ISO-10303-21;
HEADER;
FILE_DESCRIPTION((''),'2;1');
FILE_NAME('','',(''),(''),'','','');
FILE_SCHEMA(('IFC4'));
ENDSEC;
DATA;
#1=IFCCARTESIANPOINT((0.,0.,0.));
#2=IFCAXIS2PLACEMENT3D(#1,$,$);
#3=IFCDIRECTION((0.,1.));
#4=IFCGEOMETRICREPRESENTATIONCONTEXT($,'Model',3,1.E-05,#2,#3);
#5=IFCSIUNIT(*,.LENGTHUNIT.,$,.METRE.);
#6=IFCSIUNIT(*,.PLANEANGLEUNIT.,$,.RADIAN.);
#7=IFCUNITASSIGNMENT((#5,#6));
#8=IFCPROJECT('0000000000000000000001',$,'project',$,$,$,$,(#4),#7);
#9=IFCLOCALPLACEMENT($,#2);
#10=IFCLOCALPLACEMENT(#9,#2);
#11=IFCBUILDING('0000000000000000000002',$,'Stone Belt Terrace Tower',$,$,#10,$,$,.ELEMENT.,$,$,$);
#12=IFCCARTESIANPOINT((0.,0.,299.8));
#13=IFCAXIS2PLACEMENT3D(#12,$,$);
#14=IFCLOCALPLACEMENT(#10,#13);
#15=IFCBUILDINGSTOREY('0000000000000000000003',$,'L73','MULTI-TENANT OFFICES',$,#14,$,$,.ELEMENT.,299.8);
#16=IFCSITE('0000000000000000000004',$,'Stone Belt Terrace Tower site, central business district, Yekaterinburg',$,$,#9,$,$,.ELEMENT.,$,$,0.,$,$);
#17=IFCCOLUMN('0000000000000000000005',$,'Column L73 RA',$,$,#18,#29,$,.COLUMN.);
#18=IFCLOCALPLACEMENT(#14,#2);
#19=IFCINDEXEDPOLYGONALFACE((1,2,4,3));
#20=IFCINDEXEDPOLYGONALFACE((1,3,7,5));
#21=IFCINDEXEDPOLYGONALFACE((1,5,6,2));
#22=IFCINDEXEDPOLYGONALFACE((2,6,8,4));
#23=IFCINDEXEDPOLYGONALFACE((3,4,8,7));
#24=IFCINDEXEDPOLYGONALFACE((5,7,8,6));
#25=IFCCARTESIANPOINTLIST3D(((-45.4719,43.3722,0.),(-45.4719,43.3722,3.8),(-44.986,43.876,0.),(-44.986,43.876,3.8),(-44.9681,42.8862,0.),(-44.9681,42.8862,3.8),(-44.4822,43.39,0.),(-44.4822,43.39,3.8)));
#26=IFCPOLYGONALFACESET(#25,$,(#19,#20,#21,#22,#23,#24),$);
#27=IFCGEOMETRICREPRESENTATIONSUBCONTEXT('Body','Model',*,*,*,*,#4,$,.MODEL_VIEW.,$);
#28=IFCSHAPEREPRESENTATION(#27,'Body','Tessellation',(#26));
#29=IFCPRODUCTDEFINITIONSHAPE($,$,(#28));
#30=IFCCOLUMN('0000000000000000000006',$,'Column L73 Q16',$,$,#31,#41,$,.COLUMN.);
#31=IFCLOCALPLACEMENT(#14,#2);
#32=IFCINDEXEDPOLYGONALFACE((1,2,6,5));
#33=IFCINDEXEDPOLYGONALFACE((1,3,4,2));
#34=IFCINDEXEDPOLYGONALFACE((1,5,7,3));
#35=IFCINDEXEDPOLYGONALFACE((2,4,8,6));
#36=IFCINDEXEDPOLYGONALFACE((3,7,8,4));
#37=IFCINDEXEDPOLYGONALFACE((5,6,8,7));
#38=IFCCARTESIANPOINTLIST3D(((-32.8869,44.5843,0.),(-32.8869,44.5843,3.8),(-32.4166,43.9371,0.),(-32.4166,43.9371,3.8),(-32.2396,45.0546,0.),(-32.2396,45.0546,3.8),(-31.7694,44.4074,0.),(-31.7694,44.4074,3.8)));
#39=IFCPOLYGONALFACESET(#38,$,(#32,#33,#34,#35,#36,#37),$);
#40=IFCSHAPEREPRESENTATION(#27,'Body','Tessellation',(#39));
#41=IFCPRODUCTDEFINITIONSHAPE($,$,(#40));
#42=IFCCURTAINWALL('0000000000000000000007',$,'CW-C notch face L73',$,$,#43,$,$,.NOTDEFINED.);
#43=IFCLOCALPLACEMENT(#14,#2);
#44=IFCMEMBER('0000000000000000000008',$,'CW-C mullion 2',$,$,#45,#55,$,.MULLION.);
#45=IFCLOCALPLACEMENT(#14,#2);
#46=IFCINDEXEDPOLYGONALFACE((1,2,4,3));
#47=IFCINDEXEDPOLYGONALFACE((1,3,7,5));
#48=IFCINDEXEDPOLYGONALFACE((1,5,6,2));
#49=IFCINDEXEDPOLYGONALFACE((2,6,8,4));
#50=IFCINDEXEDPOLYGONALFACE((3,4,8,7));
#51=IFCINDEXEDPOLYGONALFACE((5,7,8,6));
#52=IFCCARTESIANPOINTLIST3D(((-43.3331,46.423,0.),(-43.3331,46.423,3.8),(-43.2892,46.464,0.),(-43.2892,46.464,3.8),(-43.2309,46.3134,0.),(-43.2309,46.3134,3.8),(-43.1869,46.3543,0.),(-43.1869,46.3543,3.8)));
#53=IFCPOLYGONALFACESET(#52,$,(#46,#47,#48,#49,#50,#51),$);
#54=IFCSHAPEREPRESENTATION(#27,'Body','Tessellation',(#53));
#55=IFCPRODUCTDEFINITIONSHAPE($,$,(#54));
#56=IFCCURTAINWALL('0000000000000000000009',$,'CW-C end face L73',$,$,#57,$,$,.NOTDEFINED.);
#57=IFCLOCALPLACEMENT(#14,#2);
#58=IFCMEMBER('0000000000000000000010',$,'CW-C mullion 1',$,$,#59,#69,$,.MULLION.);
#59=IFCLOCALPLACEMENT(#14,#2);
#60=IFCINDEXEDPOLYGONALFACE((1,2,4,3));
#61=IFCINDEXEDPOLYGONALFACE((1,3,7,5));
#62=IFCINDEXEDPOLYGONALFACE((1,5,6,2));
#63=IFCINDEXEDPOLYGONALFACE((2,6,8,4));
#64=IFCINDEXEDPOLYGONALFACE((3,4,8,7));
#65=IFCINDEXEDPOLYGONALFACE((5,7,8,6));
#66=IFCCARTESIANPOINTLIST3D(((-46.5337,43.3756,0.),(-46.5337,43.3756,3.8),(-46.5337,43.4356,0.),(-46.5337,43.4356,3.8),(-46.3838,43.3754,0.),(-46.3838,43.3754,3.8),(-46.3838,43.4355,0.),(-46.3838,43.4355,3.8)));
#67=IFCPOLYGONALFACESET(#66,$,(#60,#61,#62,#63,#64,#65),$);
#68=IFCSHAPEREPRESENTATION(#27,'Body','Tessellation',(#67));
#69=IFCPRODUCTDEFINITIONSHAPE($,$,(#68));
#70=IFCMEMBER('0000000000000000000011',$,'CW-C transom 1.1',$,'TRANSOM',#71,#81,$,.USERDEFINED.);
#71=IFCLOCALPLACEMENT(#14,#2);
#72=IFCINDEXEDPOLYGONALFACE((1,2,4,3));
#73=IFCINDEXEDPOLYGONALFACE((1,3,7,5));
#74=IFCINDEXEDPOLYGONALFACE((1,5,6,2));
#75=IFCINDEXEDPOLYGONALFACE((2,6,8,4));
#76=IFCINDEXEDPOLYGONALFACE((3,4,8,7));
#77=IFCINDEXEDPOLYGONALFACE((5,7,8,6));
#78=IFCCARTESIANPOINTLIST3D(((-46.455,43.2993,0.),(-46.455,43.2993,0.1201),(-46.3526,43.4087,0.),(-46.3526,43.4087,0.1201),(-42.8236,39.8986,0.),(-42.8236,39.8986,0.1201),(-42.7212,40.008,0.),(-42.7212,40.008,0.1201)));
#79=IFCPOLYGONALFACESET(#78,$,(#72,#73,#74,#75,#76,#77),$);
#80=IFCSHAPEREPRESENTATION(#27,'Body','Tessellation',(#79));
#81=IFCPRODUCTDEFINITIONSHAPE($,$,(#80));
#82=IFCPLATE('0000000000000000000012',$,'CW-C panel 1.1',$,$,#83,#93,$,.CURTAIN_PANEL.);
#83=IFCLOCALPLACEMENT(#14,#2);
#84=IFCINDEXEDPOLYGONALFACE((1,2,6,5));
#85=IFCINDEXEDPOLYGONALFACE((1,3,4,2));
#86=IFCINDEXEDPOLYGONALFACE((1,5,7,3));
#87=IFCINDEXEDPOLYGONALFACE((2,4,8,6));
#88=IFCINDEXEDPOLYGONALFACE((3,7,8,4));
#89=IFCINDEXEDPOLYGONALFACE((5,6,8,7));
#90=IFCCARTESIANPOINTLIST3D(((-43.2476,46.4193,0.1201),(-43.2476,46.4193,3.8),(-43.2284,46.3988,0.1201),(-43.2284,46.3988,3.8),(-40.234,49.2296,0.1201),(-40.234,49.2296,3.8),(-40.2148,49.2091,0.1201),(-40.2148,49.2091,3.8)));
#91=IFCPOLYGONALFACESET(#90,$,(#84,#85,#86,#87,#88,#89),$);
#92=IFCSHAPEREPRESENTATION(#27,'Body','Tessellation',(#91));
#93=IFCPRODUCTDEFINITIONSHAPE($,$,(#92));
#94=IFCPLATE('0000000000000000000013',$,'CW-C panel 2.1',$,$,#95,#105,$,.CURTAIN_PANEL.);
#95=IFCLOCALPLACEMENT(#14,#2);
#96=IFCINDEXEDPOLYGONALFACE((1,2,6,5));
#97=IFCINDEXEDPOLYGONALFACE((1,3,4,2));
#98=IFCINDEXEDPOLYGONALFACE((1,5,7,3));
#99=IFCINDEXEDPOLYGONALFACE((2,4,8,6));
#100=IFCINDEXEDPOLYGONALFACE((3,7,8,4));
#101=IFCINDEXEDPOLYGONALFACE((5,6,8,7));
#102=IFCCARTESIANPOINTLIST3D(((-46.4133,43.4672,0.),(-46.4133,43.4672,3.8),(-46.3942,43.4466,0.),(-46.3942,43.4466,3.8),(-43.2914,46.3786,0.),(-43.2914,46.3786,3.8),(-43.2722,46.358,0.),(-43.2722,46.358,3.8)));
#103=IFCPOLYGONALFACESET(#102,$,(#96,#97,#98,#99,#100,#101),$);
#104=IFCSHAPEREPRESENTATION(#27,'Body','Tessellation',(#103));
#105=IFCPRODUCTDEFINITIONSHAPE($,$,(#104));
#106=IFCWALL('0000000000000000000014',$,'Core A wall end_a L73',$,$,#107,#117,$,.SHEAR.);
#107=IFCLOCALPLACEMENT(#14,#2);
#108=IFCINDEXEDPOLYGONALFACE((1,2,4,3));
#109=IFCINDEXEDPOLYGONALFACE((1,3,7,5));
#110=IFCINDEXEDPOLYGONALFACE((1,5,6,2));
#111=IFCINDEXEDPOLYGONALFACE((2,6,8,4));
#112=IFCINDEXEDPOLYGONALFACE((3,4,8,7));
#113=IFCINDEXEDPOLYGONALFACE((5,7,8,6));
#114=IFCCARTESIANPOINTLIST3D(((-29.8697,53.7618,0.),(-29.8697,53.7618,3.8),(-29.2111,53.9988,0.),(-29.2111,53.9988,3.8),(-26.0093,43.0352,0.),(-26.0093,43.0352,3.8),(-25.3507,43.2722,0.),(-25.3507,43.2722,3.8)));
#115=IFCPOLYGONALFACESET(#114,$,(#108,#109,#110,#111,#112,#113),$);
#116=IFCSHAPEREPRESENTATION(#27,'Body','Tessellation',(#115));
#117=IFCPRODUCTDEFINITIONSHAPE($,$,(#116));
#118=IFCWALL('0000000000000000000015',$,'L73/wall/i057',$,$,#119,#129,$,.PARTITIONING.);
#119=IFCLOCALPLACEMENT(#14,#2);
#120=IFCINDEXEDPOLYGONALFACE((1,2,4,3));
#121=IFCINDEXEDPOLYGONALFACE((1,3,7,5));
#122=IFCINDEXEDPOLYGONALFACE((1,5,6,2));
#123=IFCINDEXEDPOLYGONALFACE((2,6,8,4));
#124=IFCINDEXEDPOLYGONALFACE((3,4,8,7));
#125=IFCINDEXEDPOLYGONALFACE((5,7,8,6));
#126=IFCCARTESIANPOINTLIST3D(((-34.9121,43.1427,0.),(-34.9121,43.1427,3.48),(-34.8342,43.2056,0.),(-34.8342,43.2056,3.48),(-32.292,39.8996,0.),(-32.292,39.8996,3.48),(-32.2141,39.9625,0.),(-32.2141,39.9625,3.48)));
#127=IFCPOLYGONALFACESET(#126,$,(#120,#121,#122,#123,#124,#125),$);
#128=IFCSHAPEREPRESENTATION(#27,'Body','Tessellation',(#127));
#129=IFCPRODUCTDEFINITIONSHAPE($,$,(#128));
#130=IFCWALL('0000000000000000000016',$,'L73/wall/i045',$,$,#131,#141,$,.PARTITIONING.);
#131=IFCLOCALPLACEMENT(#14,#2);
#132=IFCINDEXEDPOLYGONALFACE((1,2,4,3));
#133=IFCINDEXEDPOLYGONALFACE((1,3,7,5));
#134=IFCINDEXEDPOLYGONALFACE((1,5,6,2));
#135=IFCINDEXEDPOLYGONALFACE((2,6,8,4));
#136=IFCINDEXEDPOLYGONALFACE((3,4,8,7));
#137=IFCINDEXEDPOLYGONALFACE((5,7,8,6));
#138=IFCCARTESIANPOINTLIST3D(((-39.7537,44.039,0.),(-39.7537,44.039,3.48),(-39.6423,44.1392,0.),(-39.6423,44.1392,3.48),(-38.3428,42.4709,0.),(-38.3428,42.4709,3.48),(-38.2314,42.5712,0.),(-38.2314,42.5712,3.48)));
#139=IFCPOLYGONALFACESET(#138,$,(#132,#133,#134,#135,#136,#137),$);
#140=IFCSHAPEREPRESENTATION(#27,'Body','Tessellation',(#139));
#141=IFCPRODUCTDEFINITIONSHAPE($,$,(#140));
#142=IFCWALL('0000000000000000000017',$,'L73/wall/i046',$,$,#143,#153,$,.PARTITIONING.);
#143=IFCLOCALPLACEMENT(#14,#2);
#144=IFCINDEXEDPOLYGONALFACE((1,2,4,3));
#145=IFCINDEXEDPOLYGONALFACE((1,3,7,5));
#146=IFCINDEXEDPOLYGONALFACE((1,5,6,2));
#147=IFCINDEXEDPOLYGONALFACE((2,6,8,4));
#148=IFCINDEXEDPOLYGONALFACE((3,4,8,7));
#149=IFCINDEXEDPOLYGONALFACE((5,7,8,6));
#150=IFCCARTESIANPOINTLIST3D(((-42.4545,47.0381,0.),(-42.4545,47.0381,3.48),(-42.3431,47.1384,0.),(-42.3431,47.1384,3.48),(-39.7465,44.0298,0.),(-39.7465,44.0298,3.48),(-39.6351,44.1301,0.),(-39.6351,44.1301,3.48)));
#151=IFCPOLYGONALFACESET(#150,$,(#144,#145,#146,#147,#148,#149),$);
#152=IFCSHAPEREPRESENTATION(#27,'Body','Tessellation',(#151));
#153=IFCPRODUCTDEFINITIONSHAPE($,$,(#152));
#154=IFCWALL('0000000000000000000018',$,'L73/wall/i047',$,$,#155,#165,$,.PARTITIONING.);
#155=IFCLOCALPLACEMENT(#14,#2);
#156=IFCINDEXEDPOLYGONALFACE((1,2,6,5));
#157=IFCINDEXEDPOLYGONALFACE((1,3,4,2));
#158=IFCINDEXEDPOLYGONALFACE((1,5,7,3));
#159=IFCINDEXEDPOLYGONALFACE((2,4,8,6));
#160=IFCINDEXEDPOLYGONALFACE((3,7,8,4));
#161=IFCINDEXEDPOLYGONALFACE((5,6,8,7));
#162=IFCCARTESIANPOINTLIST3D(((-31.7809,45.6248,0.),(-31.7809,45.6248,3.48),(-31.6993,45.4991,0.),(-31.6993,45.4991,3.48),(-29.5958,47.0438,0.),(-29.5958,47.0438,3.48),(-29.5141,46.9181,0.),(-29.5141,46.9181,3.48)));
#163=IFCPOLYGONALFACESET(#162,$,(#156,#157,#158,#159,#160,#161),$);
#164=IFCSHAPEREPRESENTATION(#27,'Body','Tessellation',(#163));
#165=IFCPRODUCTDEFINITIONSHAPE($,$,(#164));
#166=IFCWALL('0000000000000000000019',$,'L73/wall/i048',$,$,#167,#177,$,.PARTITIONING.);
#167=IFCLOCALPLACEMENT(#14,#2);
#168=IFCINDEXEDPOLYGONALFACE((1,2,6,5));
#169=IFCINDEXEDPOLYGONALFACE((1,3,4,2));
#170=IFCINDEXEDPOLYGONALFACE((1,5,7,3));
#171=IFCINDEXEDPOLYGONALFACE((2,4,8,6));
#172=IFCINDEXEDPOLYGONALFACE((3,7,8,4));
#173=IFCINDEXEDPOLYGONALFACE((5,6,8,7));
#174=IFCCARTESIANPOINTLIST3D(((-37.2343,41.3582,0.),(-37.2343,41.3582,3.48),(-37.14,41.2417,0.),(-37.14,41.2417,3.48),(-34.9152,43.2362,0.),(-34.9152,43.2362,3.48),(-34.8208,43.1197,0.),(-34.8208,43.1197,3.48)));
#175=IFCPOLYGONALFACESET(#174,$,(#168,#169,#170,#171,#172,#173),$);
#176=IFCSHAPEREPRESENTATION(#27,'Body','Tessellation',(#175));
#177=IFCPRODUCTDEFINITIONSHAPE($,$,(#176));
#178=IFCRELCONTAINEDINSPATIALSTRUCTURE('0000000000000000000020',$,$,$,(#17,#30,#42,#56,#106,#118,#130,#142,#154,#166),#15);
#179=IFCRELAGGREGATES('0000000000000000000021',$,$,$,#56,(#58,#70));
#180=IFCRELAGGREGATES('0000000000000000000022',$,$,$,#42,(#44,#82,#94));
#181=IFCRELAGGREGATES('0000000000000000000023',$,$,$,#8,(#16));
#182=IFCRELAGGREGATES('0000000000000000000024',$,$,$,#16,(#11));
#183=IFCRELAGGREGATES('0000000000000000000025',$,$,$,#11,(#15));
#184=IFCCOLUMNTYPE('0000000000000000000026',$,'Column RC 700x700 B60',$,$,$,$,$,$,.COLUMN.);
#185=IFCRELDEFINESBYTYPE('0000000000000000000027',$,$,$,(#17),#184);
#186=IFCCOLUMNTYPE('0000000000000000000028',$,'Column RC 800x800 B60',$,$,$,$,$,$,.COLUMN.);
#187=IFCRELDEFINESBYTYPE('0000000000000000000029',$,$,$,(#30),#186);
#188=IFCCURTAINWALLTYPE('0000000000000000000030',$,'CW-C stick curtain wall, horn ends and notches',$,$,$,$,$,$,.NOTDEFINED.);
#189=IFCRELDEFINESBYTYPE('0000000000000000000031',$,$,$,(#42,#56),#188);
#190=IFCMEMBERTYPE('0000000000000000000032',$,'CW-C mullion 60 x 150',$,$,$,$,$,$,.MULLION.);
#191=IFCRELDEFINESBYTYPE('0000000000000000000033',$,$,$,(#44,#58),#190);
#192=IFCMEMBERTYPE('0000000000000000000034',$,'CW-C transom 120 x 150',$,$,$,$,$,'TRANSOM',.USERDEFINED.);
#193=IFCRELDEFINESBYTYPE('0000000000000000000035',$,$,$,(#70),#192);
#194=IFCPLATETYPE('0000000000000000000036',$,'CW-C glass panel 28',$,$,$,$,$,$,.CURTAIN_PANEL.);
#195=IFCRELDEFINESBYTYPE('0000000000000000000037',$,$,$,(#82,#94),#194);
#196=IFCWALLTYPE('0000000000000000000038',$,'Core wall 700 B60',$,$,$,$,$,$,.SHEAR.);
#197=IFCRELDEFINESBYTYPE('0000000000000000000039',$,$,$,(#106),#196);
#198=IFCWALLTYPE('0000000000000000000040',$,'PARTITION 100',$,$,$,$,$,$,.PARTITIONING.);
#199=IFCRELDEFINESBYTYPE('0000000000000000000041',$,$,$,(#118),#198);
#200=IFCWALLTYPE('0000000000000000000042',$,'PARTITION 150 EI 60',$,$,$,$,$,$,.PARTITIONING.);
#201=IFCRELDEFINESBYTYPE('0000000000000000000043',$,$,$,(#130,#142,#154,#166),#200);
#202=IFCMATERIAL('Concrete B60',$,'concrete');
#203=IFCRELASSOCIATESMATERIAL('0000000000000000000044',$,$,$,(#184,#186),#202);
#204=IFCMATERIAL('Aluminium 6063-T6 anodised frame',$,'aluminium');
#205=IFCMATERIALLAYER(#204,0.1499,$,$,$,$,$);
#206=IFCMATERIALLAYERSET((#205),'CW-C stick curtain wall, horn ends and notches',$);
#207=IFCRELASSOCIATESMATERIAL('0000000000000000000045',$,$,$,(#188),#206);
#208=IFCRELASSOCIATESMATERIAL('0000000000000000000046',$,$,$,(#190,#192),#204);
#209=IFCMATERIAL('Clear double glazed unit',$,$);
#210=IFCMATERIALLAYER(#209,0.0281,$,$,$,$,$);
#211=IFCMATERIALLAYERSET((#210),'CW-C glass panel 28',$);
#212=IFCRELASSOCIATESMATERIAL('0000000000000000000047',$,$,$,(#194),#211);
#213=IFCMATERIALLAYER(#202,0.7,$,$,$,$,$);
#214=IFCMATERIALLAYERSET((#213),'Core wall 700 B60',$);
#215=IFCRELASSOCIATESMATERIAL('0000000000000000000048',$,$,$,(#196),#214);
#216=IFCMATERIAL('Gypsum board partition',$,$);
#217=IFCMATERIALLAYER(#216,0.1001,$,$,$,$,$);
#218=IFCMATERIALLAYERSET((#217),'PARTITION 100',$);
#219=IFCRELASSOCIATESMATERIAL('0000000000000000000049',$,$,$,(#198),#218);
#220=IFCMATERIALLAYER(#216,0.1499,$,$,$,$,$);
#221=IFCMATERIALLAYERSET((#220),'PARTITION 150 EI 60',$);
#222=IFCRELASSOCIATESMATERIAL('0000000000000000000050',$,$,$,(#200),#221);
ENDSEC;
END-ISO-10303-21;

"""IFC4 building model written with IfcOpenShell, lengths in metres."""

from ifc_helpers import new_model, si_unit, direction, frame, frame_2d, origin, origin_2d, place, context, subcontext, project, spatial, rectangle, extrude, material, layer, layer_set, material_profile, profile_set, type_object, element, aggregate, save


model = new_model("IFC4")

# Units and contexts
model_context = context("Model", 3, precision=1e-05, world=origin(), true_north=direction((0.0, 1.0)))
body_context = subcontext(model_context, "Body", "Model", "MODEL_VIEW")
ifc_project = project(units=[si_unit("LENGTHUNIT", "METRE"), si_unit("PLANEANGLEUNIT", "RADIAN")], contexts=[model_context])

# Site, building, storey
site_placement = place(None, origin())
site = spatial("IfcSite", under=ifc_project, at=site_placement, Name="Stone Belt Terrace Tower site, central business district, Yekaterinburg", CompositionType="ELEMENT", RefElevation=0.0)
building_placement = place(site_placement, origin())
building = spatial("IfcBuilding", under=site, at=building_placement, Name="Stone Belt Terrace Tower", CompositionType="ELEMENT")
storey_placement = place(building_placement, frame((0.0, 0.0, 299.8)))
storey = spatial("IfcBuildingStorey", under=building, at=storey_placement, Name="L73", Description="MULTI-TENANT OFFICES", CompositionType="ELEMENT", Elevation=299.8)

# Columns
ifc_material_1 = material(Name="Concrete B60", Category="concrete")
ifc_material_profile_1 = material_profile(ifc_material_1, rectangle(XDim=0.7, YDim=0.7, at=origin_2d()), Name="RC 700x700")
ifc_profile_set_1 = profile_set([ifc_material_profile_1], Name="Concrete B60")
column_type_1 = type_object("IfcColumnType", Name="Column RC 700x700 B60", PredefinedType="COLUMN", material=ifc_profile_set_1)
column_1_placement = place(storey_placement, frame((-44.9771, 43.3811, 0.0), z_axis=(0.0, 0.0, 1.0), x_axis=(0.694221, 0.719762, 0.0)))
element("IfcColumn", 1, at=column_1_placement, inside=storey, type_object=column_type_1, Name="Column L73 RA", PredefinedType="COLUMN", context=body_context, shape_type="SweptSolid", body=[
    extrude(rectangle(XDim=0.7, YDim=0.7, at=origin_2d()), origin(), (0.0, 0.0, 1.0), 3.8),
])
ifc_material_profile_2 = material_profile(ifc_material_1, rectangle(XDim=0.8, YDim=0.8, at=origin_2d()), Name="RC 800x800")
ifc_profile_set_2 = profile_set([ifc_material_profile_2], Name="Concrete B60")
column_type_2 = type_object("IfcColumnType", Name="Column RC 800x800 B60", PredefinedType="COLUMN", material=ifc_profile_set_2)
column_2_placement = place(storey_placement, frame((-32.3281, 44.4958, 0.0), z_axis=(0.0, 0.0, 1.0), x_axis=(0.809017, 0.587785, 0.0)))
element("IfcColumn", 2, at=column_2_placement, inside=storey, type_object=column_type_2, Name="Column L73 Q16", PredefinedType="COLUMN", context=body_context, shape_type="SweptSolid", body=[
    extrude(rectangle(XDim=0.8, YDim=0.8, at=origin_2d()), origin(), (0.0, 0.0, 1.0), 3.8),
])

# Curtain wall, member
ifc_material_2 = material(Name="Aluminium 6063-T6 anodised frame", Category="aluminium")
ifc_layer_1 = layer(ifc_material_2, 0.1499)
ifc_layer_set_1 = layer_set([ifc_layer_1], Name="CW-C stick curtain wall, horn ends and notches")
curtain_wall_type = type_object("IfcCurtainWallType", Name="CW-C stick curtain wall, horn ends and notches", PredefinedType="NOTDEFINED", material=ifc_layer_set_1)
curtain_wall_1_placement = place(storey_placement, origin())
curtain_wall_1 = element("IfcCurtainWall", 3, at=curtain_wall_1_placement, inside=storey, type_object=curtain_wall_type, Name="CW-C notch face L73", PredefinedType="NOTDEFINED")
ifc_material_profile_3 = material_profile(ifc_material_2, rectangle(XDim=0.1499, YDim=0.0601, at=origin_2d()), Name="Aluminium 6063-T6 60x150")
ifc_profile_set_3 = profile_set([ifc_material_profile_3], Name="Aluminium 6063-T6 anodised frame")
member_type_1 = type_object("IfcMemberType", Name="CW-C mullion 60 x 150", PredefinedType="MULLION", material=ifc_profile_set_3)
member_1_placement = place(storey_placement, frame((-43.26, 46.3887, 0.0), z_axis=(0.0, 0.0, 1.0), x_axis=(0.682014, -0.731339, 0.0)))
member_1 = element("IfcMember", 4, at=member_1_placement, type_object=member_type_1, Name="CW-C mullion 2", PredefinedType="MULLION", context=body_context, shape_type="SweptSolid", body=[
    extrude(rectangle(XDim=0.1499, YDim=0.0601, at=origin_2d()), origin(), (0.0, 0.0, 1.0), 3.8),
])

# Curtain wall, members
curtain_wall_2_placement = place(storey_placement, origin())
curtain_wall_2 = element("IfcCurtainWall", 5, at=curtain_wall_2_placement, inside=storey, type_object=curtain_wall_type, Name="CW-C end face L73", PredefinedType="NOTDEFINED")
member_2_placement = place(storey_placement, frame((-46.4587, 43.4055, 0.0), z_axis=(0.0, 0.0, 1.0), x_axis=(0.999999, -0.001051, 0.0)))
member_2 = element("IfcMember", 6, at=member_2_placement, type_object=member_type_1, Name="CW-C mullion 1", PredefinedType="MULLION", context=body_context, shape_type="SweptSolid", body=[
    extrude(rectangle(XDim=0.1499, YDim=0.0601, at=origin_2d()), origin(), (0.0, 0.0, 1.0), 3.8),
])
ifc_material_profile_4 = material_profile(ifc_material_2, rectangle(XDim=0.1499, YDim=0.1201, at=origin_2d()), Name="Aluminium 6063-T6 150x120")
ifc_profile_set_4 = profile_set([ifc_material_profile_4], Name="Aluminium 6063-T6 anodised frame")
member_type_2 = type_object("IfcMemberType", Name="CW-C transom 120 x 150", ElementType="TRANSOM", PredefinedType="USERDEFINED", material=ifc_profile_set_4)
member_3_placement = place(storey_placement, frame((-46.4038, 43.354, 0.0601), z_axis=(0.729914, -0.683539, 0.0), x_axis=(0.683539, 0.729914, 0.0)))
member_3 = element("IfcMember", 7, at=member_3_placement, type_object=member_type_2, Name="CW-C transom 1.1", ObjectType="TRANSOM", PredefinedType="USERDEFINED", context=body_context, shape_type="SweptSolid", body=[
    extrude(rectangle(XDim=0.1499, YDim=0.1201, at=origin_2d()), origin(), (0.0, 0.0, 1.0), 4.9751),
])
aggregate(curtain_wall_2, [member_2, member_3])

# Plates
ifc_material_3 = material(Name="Clear double glazed unit")
ifc_layer_2 = layer(ifc_material_3, 0.0281)
ifc_layer_set_2 = layer_set([ifc_layer_2], Name="CW-C glass panel 28")
plate_type = type_object("IfcPlateType", Name="CW-C glass panel 28", PredefinedType="CURTAIN_PANEL", material=ifc_layer_set_2)
plate_1_placement = place(storey_placement, frame((-41.7312, 47.8142, 0.1201), z_axis=(0.0, 0.0, 1.0), x_axis=(-0.731339, -0.682014, 0.0)))
plate_1 = element("IfcPlate", 8, at=plate_1_placement, type_object=plate_type, Name="CW-C panel 1.1", PredefinedType="CURTAIN_PANEL", context=body_context, shape_type="SweptSolid", body=[
    extrude(rectangle(XDim=4.1206, YDim=0.0281, at=origin_2d()), origin(), (0.0, 0.0, 1.0), 3.6799),
])
plate_2_placement = place(storey_placement, frame((-44.8428, 44.9126, 0.0), z_axis=(0.0, 0.0, 1.0), x_axis=(-0.731339, -0.682014, 0.0)))
plate_2 = element("IfcPlate", 9, at=plate_2_placement, type_object=plate_type, Name="CW-C panel 2.1", PredefinedType="CURTAIN_PANEL", context=body_context, shape_type="SweptSolid", body=[
    extrude(rectangle(XDim=4.2688, YDim=0.0281, at=origin_2d()), origin(), (0.0, 0.0, 1.0), 3.8),
])
aggregate(curtain_wall_1, [member_1, plate_1, plate_2])

# Walls
ifc_layer_3 = layer(ifc_material_1, 0.7)
ifc_layer_set_3 = layer_set([ifc_layer_3], Name="Core wall 700 B60")
wall_type_1 = type_object("IfcWallType", Name="Core wall 700 B60", PredefinedType="SHEAR", material=ifc_layer_set_3)
wall_1_placement = place(storey_placement, frame((-25.6799, 43.1536, 0.0), z_axis=(0.0, 0.0, 1.0), x_axis=(-0.338625, 0.940921, 0.0)))
element("IfcWall", 10, at=wall_1_placement, inside=storey, type_object=wall_type_1, Name="Core A wall end_a L73", PredefinedType="SHEAR", context=body_context, shape_type="SweptSolid", body=[
    extrude(rectangle(XDim=11.4001, YDim=0.7, at=frame_2d((5.7002, 0.0))), origin(), (0.0, 0.0, 1.0), 3.8),
])
ifc_material_4 = material(Name="Gypsum board partition")
ifc_layer_4 = layer(ifc_material_4, 0.1001)
ifc_layer_set_4 = layer_set([ifc_layer_4], Name="PARTITION 100")
wall_type_2 = type_object("IfcWallType", Name="PARTITION 100", PredefinedType="PARTITIONING", material=ifc_layer_set_4)
wall_2_placement = place(storey_placement, frame((-34.873, 43.1741, 0.0), z_axis=(0.0, 0.0, 1.0), x_axis=(0.62843, -0.777866, 0.0)))
element("IfcWall", 11, at=wall_2_placement, inside=storey, type_object=wall_type_2, Name="L73/wall/i057", PredefinedType="PARTITIONING", context=body_context, shape_type="SweptSolid", body=[
    extrude(rectangle(XDim=4.1692, YDim=0.1001, at=frame_2d((2.0845, 0.0))), origin(), (0.0, 0.0, 1.0), 3.48),
])
ifc_layer_5 = layer(ifc_material_4, 0.1499)
ifc_layer_set_5 = layer_set([ifc_layer_5], Name="PARTITION 150 EI 60")
wall_type_3 = type_object("IfcWallType", Name="PARTITION 150 EI 60", PredefinedType="PARTITIONING", material=ifc_layer_set_5)
wall_3_placement = place(storey_placement, frame((-39.698, 44.0891, 0.0), z_axis=(0.0, 0.0, 1.0), x_axis=(0.668856, -0.743392, 0.0)))
element("IfcWall", 12, at=wall_3_placement, inside=storey, type_object=wall_type_3, Name="L73/wall/i045", PredefinedType="PARTITIONING", context=body_context, shape_type="SweptSolid", body=[
    extrude(rectangle(XDim=2.1094, YDim=0.1499, at=frame_2d((1.0547, 0.0))), origin(), (0.0, 0.0, 1.0), 3.48),
])
wall_4_placement = place(storey_placement, frame((-42.3989, 47.0884, 0.0), z_axis=(0.0, 0.0, 1.0), x_axis=(0.669038, -0.743228, 0.0)))
element("IfcWall", 13, at=wall_4_placement, inside=storey, type_object=wall_type_3, Name="L73/wall/i046", PredefinedType="PARTITIONING", context=body_context, shape_type="SweptSolid", body=[
    extrude(rectangle(XDim=4.0476, YDim=0.1499, at=frame_2d((2.0239, 0.0))), origin(), (0.0, 0.0, 1.0), 3.48),
])
wall_5_placement = place(storey_placement, frame((-29.5549, 46.981, 0.0), z_axis=(0.0, 0.0, 1.0), x_axis=(-0.838679, -0.544626, 0.0)))
element("IfcWall", 14, at=wall_5_placement, inside=storey, type_object=wall_type_3, Name="L73/wall/i047", PredefinedType="PARTITIONING", context=body_context, shape_type="SweptSolid", body=[
    extrude(rectangle(XDim=2.6055, YDim=0.1499, at=frame_2d((1.3027, 0.0))), origin(), (0.0, 0.0, 1.0), 3.48),
])
wall_6_placement = place(storey_placement, frame((-34.8679, 43.178, 0.0), z_axis=(0.0, 0.0, 1.0), x_axis=(-0.777152, -0.629314, 0.0)))
element("IfcWall", 15, at=wall_6_placement, inside=storey, type_object=wall_type_3, Name="L73/wall/i048", PredefinedType="PARTITIONING", context=body_context, shape_type="SweptSolid", body=[
    extrude(rectangle(XDim=2.9841, YDim=0.1499, at=frame_2d((1.4922, 0.0))), origin(), (0.0, 0.0, 1.0), 3.48),
])

save(model, "model.ifc")
